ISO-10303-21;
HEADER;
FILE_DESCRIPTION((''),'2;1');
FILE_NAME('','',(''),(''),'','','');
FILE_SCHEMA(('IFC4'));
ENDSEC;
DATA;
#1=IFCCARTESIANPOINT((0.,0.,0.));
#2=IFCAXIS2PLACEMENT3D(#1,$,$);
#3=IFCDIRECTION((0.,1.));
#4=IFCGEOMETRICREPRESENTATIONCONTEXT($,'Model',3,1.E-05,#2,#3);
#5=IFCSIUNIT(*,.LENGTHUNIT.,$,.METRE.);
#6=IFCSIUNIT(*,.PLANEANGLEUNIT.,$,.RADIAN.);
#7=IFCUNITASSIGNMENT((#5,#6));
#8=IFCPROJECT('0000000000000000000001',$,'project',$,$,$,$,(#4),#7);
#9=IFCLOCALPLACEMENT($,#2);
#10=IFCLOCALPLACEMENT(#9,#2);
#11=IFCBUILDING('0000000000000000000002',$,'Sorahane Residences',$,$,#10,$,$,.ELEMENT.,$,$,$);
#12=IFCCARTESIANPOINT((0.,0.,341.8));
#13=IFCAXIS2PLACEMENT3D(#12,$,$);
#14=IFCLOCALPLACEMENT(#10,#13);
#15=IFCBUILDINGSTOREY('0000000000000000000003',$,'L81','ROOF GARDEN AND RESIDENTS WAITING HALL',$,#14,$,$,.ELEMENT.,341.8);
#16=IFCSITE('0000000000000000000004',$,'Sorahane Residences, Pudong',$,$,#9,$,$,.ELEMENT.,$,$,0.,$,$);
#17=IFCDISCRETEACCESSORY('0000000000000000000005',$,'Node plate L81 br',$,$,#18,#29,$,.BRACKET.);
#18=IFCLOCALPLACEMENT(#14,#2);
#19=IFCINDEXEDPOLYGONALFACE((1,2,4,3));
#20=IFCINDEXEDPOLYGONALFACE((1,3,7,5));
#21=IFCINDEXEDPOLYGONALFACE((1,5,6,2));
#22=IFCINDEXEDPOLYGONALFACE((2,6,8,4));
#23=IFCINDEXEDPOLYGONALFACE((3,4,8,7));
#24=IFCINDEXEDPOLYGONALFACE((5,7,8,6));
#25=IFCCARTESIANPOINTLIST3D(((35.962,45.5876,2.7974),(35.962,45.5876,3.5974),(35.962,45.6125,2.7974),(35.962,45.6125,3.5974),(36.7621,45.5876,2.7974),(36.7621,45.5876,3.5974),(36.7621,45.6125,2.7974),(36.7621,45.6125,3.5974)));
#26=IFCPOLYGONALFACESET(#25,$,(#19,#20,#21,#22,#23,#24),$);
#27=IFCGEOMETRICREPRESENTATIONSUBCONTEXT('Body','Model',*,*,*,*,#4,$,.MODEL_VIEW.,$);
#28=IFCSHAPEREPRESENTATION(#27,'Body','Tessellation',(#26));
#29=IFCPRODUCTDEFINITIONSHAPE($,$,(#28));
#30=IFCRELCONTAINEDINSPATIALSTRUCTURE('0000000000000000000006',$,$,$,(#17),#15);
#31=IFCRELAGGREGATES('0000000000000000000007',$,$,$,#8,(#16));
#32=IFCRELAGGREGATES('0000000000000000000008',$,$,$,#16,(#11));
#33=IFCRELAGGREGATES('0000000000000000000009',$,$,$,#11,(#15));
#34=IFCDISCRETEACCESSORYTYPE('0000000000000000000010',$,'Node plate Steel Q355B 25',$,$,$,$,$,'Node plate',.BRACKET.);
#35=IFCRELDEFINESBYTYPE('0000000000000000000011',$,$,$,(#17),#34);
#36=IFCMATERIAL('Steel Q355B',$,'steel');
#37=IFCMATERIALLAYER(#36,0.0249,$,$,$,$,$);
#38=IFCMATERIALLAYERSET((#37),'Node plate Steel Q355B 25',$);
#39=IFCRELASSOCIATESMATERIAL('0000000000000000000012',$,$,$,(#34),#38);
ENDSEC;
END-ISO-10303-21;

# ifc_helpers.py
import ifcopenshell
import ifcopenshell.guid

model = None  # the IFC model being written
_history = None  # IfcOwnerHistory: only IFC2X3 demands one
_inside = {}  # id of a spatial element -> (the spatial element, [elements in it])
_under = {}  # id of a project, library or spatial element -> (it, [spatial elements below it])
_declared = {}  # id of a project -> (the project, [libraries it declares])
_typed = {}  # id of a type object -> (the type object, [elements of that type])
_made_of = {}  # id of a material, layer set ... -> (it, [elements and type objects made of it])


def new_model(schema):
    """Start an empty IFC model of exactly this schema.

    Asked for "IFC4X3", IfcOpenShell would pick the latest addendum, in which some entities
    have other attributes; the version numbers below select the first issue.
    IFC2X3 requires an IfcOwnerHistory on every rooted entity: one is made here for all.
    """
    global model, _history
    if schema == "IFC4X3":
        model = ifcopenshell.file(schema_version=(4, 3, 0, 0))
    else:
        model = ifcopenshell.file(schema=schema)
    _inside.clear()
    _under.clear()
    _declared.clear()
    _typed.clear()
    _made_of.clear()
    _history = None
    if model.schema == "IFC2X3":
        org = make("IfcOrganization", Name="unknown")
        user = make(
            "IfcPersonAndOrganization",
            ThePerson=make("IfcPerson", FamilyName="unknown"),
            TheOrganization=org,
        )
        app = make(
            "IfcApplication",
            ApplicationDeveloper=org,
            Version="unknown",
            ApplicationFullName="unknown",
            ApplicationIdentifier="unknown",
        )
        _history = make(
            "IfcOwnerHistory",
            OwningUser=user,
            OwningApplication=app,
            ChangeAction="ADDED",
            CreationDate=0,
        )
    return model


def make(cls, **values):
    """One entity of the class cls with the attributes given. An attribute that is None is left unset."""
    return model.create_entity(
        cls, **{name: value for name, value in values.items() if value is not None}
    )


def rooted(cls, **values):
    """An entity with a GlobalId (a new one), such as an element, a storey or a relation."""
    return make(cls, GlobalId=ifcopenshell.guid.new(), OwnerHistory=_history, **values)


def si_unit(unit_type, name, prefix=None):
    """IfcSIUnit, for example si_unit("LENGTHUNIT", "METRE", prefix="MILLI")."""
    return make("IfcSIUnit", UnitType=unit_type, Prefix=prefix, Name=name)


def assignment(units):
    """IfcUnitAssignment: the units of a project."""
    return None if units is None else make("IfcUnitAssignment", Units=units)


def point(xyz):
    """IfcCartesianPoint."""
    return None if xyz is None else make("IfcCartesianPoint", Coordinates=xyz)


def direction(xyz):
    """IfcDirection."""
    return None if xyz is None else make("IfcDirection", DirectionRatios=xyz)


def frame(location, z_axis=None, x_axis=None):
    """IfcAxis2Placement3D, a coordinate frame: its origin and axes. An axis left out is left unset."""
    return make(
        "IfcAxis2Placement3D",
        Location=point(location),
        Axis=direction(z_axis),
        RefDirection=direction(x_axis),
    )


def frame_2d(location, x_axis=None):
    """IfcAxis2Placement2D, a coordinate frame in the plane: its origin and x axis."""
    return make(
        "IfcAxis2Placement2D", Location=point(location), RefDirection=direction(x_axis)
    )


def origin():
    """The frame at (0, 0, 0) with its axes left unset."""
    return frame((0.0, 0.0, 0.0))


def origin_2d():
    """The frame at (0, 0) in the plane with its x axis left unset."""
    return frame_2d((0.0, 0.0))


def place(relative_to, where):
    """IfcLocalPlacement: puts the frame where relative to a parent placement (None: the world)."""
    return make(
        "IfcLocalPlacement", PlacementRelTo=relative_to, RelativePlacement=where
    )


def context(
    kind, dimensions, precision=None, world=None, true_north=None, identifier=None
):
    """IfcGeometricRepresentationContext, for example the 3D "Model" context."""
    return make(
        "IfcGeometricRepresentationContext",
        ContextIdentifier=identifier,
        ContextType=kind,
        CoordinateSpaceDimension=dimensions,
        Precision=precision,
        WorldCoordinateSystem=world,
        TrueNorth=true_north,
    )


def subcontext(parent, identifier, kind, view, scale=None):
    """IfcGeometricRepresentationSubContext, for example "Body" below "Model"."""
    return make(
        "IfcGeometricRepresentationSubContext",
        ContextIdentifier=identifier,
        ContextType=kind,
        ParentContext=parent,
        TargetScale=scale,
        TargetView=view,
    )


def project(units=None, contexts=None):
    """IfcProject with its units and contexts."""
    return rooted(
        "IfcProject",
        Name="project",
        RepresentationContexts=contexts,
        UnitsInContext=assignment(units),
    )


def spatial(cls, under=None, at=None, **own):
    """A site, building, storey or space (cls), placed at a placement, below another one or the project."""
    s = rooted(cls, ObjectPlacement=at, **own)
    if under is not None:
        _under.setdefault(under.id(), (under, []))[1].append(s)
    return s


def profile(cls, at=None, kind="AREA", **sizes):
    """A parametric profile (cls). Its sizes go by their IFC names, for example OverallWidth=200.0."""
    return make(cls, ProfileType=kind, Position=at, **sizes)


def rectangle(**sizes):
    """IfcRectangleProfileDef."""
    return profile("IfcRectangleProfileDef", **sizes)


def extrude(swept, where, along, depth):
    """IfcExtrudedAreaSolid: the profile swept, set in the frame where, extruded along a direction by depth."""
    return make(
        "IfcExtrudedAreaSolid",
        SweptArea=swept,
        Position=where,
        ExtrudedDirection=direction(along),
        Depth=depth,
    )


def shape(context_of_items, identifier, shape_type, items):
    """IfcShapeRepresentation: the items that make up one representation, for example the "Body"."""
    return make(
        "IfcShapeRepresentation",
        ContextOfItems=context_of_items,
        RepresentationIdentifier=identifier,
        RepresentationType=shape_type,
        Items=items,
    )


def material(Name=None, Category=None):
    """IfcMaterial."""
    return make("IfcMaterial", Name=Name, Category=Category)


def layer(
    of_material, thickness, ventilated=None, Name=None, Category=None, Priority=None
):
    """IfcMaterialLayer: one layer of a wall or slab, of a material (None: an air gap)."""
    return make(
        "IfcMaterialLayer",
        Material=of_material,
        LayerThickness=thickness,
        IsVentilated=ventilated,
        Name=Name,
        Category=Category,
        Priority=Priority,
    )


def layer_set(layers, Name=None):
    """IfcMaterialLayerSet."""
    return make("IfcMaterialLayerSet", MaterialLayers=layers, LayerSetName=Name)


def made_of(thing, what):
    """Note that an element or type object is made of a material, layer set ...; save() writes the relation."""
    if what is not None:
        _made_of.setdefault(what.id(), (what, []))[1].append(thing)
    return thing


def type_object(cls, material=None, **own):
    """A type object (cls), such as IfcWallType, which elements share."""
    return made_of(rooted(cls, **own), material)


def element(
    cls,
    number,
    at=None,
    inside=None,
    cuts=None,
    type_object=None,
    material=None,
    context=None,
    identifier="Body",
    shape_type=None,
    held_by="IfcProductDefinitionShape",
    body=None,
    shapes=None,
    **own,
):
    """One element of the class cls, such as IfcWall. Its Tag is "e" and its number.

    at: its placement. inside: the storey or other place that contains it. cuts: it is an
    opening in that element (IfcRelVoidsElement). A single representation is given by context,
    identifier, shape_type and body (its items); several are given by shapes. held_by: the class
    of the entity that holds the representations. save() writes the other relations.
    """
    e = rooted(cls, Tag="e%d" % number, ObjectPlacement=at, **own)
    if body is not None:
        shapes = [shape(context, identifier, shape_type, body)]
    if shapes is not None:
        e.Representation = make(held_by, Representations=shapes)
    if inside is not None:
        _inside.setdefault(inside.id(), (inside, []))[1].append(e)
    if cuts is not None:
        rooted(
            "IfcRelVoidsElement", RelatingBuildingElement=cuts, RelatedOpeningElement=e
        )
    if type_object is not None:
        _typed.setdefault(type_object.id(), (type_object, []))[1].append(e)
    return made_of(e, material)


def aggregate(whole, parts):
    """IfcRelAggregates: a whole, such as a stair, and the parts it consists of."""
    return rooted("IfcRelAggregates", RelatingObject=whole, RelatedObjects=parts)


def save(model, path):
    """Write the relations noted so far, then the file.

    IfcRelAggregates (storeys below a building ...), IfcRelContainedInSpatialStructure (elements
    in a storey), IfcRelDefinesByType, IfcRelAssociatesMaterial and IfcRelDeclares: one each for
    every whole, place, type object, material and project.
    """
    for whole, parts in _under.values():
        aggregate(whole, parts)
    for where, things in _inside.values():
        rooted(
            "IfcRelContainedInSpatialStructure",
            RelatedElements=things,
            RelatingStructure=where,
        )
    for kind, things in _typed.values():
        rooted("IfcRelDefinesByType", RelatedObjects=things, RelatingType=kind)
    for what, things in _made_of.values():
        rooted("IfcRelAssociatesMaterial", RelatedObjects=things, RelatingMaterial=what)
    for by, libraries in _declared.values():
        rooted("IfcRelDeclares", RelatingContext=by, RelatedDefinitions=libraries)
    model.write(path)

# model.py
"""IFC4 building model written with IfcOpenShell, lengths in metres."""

from ifc_helpers import new_model, si_unit, direction, frame, origin, origin_2d, place, context, subcontext, project, spatial, rectangle, extrude, material, layer, layer_set, type_object, element, save


model = new_model("IFC4")

# Units and contexts
model_context = context("Model", 3, precision=1e-05, world=origin(), true_north=direction((0.0, 1.0)))
body_context = subcontext(model_context, "Body", "Model", "MODEL_VIEW")
ifc_project = project(units=[si_unit("LENGTHUNIT", "METRE"), si_unit("PLANEANGLEUNIT", "RADIAN")], contexts=[model_context])

# Site, building, storey
site_placement = place(None, origin())
site = spatial("IfcSite", under=ifc_project, at=site_placement, Name="Sorahane Residences, Pudong", CompositionType="ELEMENT", RefElevation=0.0)
building_placement = place(site_placement, origin())
building = spatial("IfcBuilding", under=site, at=building_placement, Name="Sorahane Residences", CompositionType="ELEMENT")
storey_placement = place(building_placement, frame((0.0, 0.0, 341.8)))
storey = spatial("IfcBuildingStorey", under=building, at=storey_placement, Name="L81", Description="ROOF GARDEN AND RESIDENTS WAITING HALL", CompositionType="ELEMENT", Elevation=341.8)

# Discrete accessory
ifc_material_1 = material(Name="Steel Q355B", Category="steel")
ifc_layer_1 = layer(ifc_material_1, 0.0249)
ifc_layer_set_1 = layer_set([ifc_layer_1], Name="Node plate Steel Q355B 25")
discrete_accessory_type = type_object("IfcDiscreteAccessoryType", Name="Node plate Steel Q355B 25", ElementType="Node plate", PredefinedType="BRACKET", material=ifc_layer_set_1)
for number, where, z_axis, x_axis, name in (
    (1, (36.3621, 45.6001, 2.7974), (0.0, 0.0, 1.0), (1.0, 0.0, 0.0), "Node plate L81 br"),
):
    element("IfcDiscreteAccessory", number, at=place(storey_placement, frame(where, z_axis=z_axis, x_axis=x_axis)), inside=storey, type_object=discrete_accessory_type, Name=name, PredefinedType="BRACKET", context=body_context, shape_type="SweptSolid", body=[
        extrude(rectangle(XDim=0.8, YDim=0.0249, at=origin_2d()), origin(), (0.0, 0.0, 1.0), 0.8),
    ])

save(model, "model.ifc")
